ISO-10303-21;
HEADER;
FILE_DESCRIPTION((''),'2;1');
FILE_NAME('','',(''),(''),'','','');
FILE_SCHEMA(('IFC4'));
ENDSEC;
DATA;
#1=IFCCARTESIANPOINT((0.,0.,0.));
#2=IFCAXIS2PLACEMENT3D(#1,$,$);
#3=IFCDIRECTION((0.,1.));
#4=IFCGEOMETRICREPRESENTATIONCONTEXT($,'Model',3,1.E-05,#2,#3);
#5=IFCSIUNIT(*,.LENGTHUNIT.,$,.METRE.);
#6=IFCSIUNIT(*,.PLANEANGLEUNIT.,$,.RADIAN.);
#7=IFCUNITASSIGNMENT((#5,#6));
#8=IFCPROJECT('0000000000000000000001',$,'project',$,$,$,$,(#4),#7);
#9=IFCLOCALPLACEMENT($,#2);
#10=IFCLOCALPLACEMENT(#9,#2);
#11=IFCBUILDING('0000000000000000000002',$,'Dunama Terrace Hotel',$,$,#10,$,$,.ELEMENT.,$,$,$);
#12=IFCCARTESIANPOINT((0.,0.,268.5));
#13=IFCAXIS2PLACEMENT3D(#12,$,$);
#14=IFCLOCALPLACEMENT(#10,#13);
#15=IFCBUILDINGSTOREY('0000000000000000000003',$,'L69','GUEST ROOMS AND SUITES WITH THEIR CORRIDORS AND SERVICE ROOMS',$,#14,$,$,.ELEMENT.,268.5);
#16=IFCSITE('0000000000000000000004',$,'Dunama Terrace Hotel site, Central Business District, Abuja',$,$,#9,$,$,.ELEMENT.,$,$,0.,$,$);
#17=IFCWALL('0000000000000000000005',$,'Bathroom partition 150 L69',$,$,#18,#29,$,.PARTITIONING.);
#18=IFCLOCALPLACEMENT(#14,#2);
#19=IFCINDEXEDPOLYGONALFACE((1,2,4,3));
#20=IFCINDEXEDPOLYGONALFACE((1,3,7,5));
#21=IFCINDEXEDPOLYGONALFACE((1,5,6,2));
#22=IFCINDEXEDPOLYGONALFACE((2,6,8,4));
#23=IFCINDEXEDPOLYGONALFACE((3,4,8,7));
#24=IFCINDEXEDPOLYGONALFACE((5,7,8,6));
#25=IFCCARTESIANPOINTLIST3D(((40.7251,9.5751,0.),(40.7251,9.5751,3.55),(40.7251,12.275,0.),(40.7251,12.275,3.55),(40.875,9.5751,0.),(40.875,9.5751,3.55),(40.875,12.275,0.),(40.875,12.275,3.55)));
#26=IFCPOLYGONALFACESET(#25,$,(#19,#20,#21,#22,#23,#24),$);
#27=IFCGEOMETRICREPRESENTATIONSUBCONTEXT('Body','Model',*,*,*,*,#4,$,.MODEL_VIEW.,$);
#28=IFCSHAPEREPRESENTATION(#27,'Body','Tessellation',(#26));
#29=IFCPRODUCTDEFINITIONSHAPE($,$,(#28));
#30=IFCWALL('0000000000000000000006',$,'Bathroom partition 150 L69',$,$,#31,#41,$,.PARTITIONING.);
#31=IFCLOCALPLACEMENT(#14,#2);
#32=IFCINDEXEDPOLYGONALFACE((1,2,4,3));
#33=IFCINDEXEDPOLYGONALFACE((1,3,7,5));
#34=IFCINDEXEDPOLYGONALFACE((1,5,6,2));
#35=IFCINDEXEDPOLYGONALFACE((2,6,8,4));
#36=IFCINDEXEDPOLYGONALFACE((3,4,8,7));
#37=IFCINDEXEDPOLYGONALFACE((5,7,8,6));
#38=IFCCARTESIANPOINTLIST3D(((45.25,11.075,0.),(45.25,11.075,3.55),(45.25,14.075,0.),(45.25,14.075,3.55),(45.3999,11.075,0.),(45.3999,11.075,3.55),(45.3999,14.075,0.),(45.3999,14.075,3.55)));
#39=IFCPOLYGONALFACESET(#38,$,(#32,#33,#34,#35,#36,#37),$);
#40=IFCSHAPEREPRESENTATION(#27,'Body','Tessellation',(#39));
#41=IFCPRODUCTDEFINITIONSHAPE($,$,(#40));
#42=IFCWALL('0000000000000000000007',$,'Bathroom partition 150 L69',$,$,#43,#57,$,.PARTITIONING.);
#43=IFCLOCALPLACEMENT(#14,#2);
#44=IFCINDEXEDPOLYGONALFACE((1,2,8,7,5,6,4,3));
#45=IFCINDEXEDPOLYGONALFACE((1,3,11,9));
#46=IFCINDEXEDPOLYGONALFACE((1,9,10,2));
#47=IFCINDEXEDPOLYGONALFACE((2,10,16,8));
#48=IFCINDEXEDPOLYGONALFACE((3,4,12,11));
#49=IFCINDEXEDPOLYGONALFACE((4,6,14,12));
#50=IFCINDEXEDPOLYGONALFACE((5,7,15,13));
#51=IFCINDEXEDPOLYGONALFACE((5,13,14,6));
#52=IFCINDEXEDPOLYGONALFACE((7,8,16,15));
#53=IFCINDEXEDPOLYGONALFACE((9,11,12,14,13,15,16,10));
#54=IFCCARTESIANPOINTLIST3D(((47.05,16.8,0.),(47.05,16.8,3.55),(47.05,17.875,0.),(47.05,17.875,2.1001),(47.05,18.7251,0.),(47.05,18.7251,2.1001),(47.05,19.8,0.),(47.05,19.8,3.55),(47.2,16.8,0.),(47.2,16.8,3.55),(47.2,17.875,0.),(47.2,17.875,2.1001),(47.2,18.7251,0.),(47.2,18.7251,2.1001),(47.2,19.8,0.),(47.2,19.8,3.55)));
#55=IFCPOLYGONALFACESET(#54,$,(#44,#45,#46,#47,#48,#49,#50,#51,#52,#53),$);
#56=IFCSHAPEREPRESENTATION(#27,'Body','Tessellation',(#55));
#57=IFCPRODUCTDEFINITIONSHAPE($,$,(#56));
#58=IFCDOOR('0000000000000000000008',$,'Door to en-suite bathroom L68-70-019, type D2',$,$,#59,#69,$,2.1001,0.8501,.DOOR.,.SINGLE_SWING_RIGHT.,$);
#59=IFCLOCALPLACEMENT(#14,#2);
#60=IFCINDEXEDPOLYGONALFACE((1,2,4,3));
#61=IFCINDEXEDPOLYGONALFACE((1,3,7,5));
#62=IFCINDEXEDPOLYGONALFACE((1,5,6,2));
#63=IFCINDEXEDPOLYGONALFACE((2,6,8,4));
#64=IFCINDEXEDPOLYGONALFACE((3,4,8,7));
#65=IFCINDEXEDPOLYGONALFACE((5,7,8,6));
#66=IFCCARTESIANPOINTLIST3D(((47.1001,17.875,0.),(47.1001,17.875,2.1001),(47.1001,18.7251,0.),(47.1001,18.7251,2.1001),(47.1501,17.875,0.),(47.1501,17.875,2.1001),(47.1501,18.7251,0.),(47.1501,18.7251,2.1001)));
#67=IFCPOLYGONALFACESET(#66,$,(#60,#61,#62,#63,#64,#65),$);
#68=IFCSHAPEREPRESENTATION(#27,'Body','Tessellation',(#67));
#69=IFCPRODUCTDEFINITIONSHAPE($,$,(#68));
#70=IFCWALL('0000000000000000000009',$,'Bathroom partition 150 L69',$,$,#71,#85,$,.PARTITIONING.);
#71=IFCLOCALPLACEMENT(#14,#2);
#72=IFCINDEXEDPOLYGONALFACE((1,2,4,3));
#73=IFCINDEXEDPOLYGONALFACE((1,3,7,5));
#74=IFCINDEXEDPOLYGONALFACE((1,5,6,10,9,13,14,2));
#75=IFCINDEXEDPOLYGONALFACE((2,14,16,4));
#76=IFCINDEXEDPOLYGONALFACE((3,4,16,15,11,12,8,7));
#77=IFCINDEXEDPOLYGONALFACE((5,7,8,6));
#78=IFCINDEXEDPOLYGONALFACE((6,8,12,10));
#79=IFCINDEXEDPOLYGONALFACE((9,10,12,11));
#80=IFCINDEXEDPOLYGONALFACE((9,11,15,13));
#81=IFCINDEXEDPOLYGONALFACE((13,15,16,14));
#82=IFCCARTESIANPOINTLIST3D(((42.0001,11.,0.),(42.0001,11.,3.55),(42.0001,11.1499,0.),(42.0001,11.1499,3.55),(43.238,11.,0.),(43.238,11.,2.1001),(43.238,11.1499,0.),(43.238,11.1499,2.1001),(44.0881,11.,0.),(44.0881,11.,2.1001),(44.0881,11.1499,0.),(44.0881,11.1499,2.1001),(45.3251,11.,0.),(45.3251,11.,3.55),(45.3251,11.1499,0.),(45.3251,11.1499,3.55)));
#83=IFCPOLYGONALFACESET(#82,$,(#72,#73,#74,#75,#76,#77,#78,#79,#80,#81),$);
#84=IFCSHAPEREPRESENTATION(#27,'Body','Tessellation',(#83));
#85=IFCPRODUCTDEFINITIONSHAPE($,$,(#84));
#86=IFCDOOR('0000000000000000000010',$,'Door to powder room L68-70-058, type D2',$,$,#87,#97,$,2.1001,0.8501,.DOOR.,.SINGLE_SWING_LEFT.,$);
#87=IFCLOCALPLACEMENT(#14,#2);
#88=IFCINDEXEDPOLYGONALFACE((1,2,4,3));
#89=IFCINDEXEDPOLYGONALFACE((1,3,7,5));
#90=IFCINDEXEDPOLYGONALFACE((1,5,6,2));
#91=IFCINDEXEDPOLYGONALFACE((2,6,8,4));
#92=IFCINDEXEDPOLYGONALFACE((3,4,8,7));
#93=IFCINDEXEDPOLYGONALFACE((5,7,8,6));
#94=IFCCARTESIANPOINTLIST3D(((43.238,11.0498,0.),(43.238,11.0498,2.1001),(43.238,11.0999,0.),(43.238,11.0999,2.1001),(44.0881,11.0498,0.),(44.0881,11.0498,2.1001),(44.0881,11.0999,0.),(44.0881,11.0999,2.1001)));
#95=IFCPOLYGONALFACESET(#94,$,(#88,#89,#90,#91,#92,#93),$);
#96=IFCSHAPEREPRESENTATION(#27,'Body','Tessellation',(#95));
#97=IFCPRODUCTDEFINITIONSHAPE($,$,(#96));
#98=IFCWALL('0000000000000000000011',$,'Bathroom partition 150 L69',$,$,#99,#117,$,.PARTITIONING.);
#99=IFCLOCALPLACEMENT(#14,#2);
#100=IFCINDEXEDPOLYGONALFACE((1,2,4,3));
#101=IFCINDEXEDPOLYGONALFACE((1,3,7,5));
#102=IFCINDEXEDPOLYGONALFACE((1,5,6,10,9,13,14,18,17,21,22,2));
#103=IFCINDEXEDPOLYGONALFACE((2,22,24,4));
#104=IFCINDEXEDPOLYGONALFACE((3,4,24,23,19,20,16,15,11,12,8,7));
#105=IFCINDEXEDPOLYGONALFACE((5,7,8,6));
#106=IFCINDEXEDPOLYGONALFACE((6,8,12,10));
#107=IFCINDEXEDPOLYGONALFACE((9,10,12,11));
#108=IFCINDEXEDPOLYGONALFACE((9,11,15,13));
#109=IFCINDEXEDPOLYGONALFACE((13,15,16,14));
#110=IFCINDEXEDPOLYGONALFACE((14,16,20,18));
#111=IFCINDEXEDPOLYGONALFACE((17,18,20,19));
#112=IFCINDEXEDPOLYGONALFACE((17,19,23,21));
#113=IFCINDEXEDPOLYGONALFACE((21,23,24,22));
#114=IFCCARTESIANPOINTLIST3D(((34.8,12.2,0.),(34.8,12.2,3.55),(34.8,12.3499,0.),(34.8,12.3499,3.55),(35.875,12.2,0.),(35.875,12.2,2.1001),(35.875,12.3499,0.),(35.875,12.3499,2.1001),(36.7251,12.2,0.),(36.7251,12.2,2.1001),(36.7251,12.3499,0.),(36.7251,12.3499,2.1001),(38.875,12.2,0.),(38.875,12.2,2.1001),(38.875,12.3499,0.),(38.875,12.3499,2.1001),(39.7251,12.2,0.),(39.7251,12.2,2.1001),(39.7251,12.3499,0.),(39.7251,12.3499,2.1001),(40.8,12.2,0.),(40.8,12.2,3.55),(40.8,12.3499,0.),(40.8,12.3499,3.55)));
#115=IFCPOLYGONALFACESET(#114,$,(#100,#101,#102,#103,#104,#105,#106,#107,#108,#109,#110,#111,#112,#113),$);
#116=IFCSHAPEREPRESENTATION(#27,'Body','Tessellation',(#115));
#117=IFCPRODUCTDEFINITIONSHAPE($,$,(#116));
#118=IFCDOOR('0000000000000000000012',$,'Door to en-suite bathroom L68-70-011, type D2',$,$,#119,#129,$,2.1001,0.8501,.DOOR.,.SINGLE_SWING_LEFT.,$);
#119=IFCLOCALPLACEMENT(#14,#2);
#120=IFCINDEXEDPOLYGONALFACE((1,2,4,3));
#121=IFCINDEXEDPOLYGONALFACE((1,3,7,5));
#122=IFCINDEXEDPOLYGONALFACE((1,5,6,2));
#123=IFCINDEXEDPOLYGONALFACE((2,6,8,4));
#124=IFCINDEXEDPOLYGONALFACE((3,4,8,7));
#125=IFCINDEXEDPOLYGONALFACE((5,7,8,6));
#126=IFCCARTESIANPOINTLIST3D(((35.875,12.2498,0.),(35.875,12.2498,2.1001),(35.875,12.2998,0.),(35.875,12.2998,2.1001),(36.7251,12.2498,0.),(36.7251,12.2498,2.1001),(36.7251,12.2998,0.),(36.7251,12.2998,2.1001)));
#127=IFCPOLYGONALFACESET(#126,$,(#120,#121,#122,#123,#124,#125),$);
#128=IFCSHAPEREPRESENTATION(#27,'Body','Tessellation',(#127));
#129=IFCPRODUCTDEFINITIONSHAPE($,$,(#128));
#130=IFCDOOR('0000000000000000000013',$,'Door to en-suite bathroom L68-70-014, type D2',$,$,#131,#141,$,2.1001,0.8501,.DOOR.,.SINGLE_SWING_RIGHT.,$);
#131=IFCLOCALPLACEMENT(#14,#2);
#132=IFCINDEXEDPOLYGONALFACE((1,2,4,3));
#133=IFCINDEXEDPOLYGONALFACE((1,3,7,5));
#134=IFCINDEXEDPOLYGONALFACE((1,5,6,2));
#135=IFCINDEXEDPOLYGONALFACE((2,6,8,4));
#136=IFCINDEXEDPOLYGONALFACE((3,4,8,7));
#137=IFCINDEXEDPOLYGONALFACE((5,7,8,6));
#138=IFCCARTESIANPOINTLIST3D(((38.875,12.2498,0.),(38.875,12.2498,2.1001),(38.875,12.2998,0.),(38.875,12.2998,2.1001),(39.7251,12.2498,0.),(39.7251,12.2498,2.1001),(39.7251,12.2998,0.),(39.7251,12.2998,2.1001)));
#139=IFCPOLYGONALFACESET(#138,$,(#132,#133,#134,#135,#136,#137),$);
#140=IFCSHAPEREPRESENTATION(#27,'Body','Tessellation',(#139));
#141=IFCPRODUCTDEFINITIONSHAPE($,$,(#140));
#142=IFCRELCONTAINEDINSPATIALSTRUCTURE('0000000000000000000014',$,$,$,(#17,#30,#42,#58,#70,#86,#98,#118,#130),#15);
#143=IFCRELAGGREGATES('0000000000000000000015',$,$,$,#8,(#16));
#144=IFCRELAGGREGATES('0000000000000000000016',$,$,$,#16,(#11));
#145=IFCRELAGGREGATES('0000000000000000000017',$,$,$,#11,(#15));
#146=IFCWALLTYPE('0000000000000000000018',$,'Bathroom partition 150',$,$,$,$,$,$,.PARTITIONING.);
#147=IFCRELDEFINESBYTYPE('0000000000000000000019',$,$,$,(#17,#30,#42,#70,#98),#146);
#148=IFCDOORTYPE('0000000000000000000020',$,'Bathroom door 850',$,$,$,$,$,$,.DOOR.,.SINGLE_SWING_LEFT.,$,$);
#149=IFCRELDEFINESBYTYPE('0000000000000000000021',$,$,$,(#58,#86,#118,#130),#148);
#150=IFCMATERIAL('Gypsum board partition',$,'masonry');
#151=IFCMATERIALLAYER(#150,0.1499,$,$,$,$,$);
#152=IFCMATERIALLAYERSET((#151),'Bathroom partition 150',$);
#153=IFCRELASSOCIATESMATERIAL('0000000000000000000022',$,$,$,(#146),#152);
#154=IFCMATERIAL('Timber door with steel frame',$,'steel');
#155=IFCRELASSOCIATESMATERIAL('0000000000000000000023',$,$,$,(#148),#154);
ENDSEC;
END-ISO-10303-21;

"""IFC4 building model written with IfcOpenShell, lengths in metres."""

from ifc_helpers import new_model, si_unit, direction, frame, frame_2d, origin, place, context, subcontext, project, spatial, rectangle, extrude, material, layer, layer_set, type_object, element, fill, save


model = new_model("IFC4")

# Units and contexts
model_context = context("Model", 3, precision=1e-05, world=origin(), true_north=direction((0.0, 1.0)))
body_context = subcontext(model_context, "Body", "Model", "MODEL_VIEW")
ifc_project = project(units=[si_unit("LENGTHUNIT", "METRE"), si_unit("PLANEANGLEUNIT", "RADIAN")], contexts=[model_context])

# Site, building, storey
site_placement = place(None, origin())
site = spatial("IfcSite", under=ifc_project, at=site_placement, Name="Dunama Terrace Hotel site, Central Business District, Abuja", CompositionType="ELEMENT", RefElevation=0.0)
building_placement = place(site_placement, origin())
building = spatial("IfcBuilding", under=site, at=building_placement, Name="Dunama Terrace Hotel", CompositionType="ELEMENT")
storey_placement = place(building_placement, frame((0.0, 0.0, 268.5)))
storey = spatial("IfcBuildingStorey", under=building, at=storey_placement, Name="L69", Description="GUEST ROOMS AND SUITES WITH THEIR CORRIDORS AND SERVICE ROOMS", CompositionType="ELEMENT", Elevation=268.5)

# Walls
ifc_material_1 = material(Name="Gypsum board partition", Category="masonry")
ifc_layer_1 = layer(ifc_material_1, 0.1499)
ifc_layer_set_1 = layer_set([ifc_layer_1], Name="Bathroom partition 150")
wall_type_1 = type_object("IfcWallType", Name="Bathroom partition 150", PredefinedType="PARTITIONING", material=ifc_layer_set_1)
wall_1_placement = place(storey_placement, frame((40.8, 9.575, 0.0), z_axis=(0.0, 0.0, 1.0), x_axis=(0.0, 1.0, 0.0)))
element("IfcWall", 1, at=wall_1_placement, inside=storey, type_object=wall_type_1, Name="Bathroom partition 150 L69", PredefinedType="PARTITIONING", context=body_context, shape_type="SweptSolid", body=[
    extrude(rectangle(XDim=2.7, YDim=0.1499, at=frame_2d((1.3501, 0.0))), origin(), (0.0, 0.0, 1.0), 3.55),
])
wall_2_placement = place(storey_placement, frame((45.325, 11.075, 0.0), z_axis=(0.0, 0.0, 1.0), x_axis=(0.0, 1.0, 0.0)))
element("IfcWall", 2, at=wall_2_placement, inside=storey, type_object=wall_type_1, Name="Bathroom partition 150 L69", PredefinedType="PARTITIONING", context=body_context, shape_type="SweptSolid", body=[
    extrude(rectangle(XDim=3.0, YDim=0.1499, at=frame_2d((1.5, 0.0))), origin(), (0.0, 0.0, 1.0), 3.55),
])

# Walls, openings, doors
wall_3_placement = place(storey_placement, frame((47.125, 16.8, 0.0), z_axis=(0.0, 0.0, 1.0), x_axis=(0.0, 1.0, 0.0)))
wall_3 = element("IfcWall", 3, at=wall_3_placement, inside=storey, type_object=wall_type_1, Name="Bathroom partition 150 L69", PredefinedType="PARTITIONING", context=body_context, shape_type="SweptSolid", body=[
    extrude(rectangle(XDim=3.0, YDim=0.1499, at=frame_2d((1.5, 0.0))), origin(), (0.0, 0.0, 1.0), 3.55),
])
opening_1_placement = place(wall_3_placement, frame((1.075, 0.0, 0.0)))
opening_1 = element("IfcOpeningElement", 4, at=opening_1_placement, cuts=wall_3, PredefinedType="OPENING", context=body_context, shape_type="SweptSolid", body=[
    extrude(rectangle(XDim=0.8501, YDim=2.1001, at=frame_2d((0.425, 1.05))), frame((0.0, 0.085, 0.0), z_axis=(0.0, -1.0, 0.0), x_axis=(1.0, 0.0, 0.0)), (0.0, 0.0, 1.0), 0.1699),
])
ifc_material_2 = material(Name="Timber door with steel frame", Category="steel")
door_type_1 = type_object("IfcDoorType", Name="Bathroom door 850", OperationType="SINGLE_SWING_LEFT", PredefinedType="DOOR", material=ifc_material_2)
door_1_placement = place(opening_1_placement, frame((0.8501, 0.0, 0.0), z_axis=(0.0, 0.0, 1.0), x_axis=(-1.0, 0.0, 0.0)))
door_1 = element("IfcDoor", 5, at=door_1_placement, inside=storey, type_object=door_type_1, Name="Door to en-suite bathroom L68-70-019, type D2", OperationType="SINGLE_SWING_RIGHT", OverallHeight=2.1001, OverallWidth=0.8501, PredefinedType="DOOR", context=body_context, shape_type="SweptSolid", body=[
    extrude(rectangle(XDim=0.8501, YDim=2.1001, at=frame_2d((0.425, 1.05))), frame((0.0, 0.0251, 0.0), z_axis=(0.0, -1.0, 0.0), x_axis=(1.0, 0.0, 0.0)), (0.0, 0.0, 1.0), 0.05),
])
fill(opening_1, door_1)
wall_4_placement = place(storey_placement, frame((42.0, 11.075, 0.0), z_axis=(0.0, 0.0, 1.0), x_axis=(1.0, 0.0, 0.0)))
wall_4 = element("IfcWall", 6, at=wall_4_placement, inside=storey, type_object=wall_type_1, Name="Bathroom partition 150 L69", PredefinedType="PARTITIONING", context=body_context, shape_type="SweptSolid", body=[
    extrude(rectangle(XDim=3.325, YDim=0.1499, at=frame_2d((1.6626, 0.0))), origin(), (0.0, 0.0, 1.0), 3.55),
])
opening_2_placement = place(wall_4_placement, frame((1.238, 0.0, 0.0)))
opening_2 = element("IfcOpeningElement", 7, at=opening_2_placement, cuts=wall_4, PredefinedType="OPENING", context=body_context, shape_type="SweptSolid", body=[
    extrude(rectangle(XDim=0.8501, YDim=2.1001, at=frame_2d((0.425, 1.05))), frame((0.0, 0.085, 0.0), z_axis=(0.0, -1.0, 0.0), x_axis=(1.0, 0.0, 0.0)), (0.0, 0.0, 1.0), 0.1699),
])
door_2_placement = place(opening_2_placement, origin())
door_2 = element("IfcDoor", 8, at=door_2_placement, inside=storey, type_object=door_type_1, Name="Door to powder room L68-70-058, type D2", OperationType="SINGLE_SWING_LEFT", OverallHeight=2.1001, OverallWidth=0.8501, PredefinedType="DOOR", context=body_context, shape_type="SweptSolid", body=[
    extrude(rectangle(XDim=0.8501, YDim=2.1001, at=frame_2d((0.425, 1.05))), frame((0.0, 0.0249, 0.0), z_axis=(0.0, -1.0, 0.0), x_axis=(1.0, 0.0, 0.0)), (0.0, 0.0, 1.0), 0.05),
])
fill(opening_2, door_2)

# Wall, openings, doors
wall_5_placement = place(storey_placement, frame((34.8, 12.2749, 0.0), z_axis=(0.0, 0.0, 1.0), x_axis=(1.0, 0.0, 0.0)))
wall_5 = element("IfcWall", 9, at=wall_5_placement, inside=storey, type_object=wall_type_1, Name="Bathroom partition 150 L69", PredefinedType="PARTITIONING", context=body_context, shape_type="SweptSolid", body=[
    extrude(rectangle(XDim=6.0, YDim=0.1499, at=frame_2d((3.0, 0.0))), origin(), (0.0, 0.0, 1.0), 3.55),
])
opening_3_placement = place(wall_5_placement, frame((1.075, 0.0, 0.0)))
opening_3 = element("IfcOpeningElement", 10, at=opening_3_placement, cuts=wall_5, PredefinedType="OPENING", context=body_context, shape_type="SweptSolid", body=[
    extrude(rectangle(XDim=0.8501, YDim=2.1001, at=frame_2d((0.425, 1.05))), frame((0.0, 0.085, 0.0), z_axis=(0.0, -1.0, 0.0), x_axis=(1.0, 0.0, 0.0)), (0.0, 0.0, 1.0), 0.1699),
])
opening_4_placement = place(wall_5_placement, frame((4.075, 0.0, 0.0)))
opening_4 = element("IfcOpeningElement", 11, at=opening_4_placement, cuts=wall_5, PredefinedType="OPENING", context=body_context, shape_type="SweptSolid", body=[
    extrude(rectangle(XDim=0.8501, YDim=2.1001, at=frame_2d((0.425, 1.05))), frame((0.0, 0.085, 0.0), z_axis=(0.0, -1.0, 0.0), x_axis=(1.0, 0.0, 0.0)), (0.0, 0.0, 1.0), 0.1699),
])
door_3_placement = place(opening_3_placement, frame((0.8501, 0.0, 0.0), z_axis=(0.0, 0.0, 1.0), x_axis=(-1.0, 0.0, 0.0)))
door_3 = element("IfcDoor", 12, at=door_3_placement, inside=storey, type_object=door_type_1, Name="Door to en-suite bathroom L68-70-011, type D2", OperationType="SINGLE_SWING_LEFT", OverallHeight=2.1001, OverallWidth=0.8501, PredefinedType="DOOR", context=body_context, shape_type="SweptSolid", body=[
    extrude(rectangle(XDim=0.8501, YDim=2.1001, at=frame_2d((0.425, 1.05))), frame((0.0, 0.0251, 0.0), z_axis=(0.0, -1.0, 0.0), x_axis=(1.0, 0.0, 0.0)), (0.0, 0.0, 1.0), 0.05),
])
fill(opening_3, door_3)
door_4_placement = place(opening_4_placement, frame((0.8501, 0.0, 0.0), z_axis=(0.0, 0.0, 1.0), x_axis=(-1.0, 0.0, 0.0)))
door_4 = element("IfcDoor", 13, at=door_4_placement, inside=storey, type_object=door_type_1, Name="Door to en-suite bathroom L68-70-014, type D2", OperationType="SINGLE_SWING_RIGHT", OverallHeight=2.1001, OverallWidth=0.8501, PredefinedType="DOOR", context=body_context, shape_type="SweptSolid", body=[
    extrude(rectangle(XDim=0.8501, YDim=2.1001, at=frame_2d((0.425, 1.05))), frame((0.0, 0.0251, 0.0), z_axis=(0.0, -1.0, 0.0), x_axis=(1.0, 0.0, 0.0)), (0.0, 0.0, 1.0), 0.05),
])
fill(opening_4, door_4)

save(model, "model.ifc")
